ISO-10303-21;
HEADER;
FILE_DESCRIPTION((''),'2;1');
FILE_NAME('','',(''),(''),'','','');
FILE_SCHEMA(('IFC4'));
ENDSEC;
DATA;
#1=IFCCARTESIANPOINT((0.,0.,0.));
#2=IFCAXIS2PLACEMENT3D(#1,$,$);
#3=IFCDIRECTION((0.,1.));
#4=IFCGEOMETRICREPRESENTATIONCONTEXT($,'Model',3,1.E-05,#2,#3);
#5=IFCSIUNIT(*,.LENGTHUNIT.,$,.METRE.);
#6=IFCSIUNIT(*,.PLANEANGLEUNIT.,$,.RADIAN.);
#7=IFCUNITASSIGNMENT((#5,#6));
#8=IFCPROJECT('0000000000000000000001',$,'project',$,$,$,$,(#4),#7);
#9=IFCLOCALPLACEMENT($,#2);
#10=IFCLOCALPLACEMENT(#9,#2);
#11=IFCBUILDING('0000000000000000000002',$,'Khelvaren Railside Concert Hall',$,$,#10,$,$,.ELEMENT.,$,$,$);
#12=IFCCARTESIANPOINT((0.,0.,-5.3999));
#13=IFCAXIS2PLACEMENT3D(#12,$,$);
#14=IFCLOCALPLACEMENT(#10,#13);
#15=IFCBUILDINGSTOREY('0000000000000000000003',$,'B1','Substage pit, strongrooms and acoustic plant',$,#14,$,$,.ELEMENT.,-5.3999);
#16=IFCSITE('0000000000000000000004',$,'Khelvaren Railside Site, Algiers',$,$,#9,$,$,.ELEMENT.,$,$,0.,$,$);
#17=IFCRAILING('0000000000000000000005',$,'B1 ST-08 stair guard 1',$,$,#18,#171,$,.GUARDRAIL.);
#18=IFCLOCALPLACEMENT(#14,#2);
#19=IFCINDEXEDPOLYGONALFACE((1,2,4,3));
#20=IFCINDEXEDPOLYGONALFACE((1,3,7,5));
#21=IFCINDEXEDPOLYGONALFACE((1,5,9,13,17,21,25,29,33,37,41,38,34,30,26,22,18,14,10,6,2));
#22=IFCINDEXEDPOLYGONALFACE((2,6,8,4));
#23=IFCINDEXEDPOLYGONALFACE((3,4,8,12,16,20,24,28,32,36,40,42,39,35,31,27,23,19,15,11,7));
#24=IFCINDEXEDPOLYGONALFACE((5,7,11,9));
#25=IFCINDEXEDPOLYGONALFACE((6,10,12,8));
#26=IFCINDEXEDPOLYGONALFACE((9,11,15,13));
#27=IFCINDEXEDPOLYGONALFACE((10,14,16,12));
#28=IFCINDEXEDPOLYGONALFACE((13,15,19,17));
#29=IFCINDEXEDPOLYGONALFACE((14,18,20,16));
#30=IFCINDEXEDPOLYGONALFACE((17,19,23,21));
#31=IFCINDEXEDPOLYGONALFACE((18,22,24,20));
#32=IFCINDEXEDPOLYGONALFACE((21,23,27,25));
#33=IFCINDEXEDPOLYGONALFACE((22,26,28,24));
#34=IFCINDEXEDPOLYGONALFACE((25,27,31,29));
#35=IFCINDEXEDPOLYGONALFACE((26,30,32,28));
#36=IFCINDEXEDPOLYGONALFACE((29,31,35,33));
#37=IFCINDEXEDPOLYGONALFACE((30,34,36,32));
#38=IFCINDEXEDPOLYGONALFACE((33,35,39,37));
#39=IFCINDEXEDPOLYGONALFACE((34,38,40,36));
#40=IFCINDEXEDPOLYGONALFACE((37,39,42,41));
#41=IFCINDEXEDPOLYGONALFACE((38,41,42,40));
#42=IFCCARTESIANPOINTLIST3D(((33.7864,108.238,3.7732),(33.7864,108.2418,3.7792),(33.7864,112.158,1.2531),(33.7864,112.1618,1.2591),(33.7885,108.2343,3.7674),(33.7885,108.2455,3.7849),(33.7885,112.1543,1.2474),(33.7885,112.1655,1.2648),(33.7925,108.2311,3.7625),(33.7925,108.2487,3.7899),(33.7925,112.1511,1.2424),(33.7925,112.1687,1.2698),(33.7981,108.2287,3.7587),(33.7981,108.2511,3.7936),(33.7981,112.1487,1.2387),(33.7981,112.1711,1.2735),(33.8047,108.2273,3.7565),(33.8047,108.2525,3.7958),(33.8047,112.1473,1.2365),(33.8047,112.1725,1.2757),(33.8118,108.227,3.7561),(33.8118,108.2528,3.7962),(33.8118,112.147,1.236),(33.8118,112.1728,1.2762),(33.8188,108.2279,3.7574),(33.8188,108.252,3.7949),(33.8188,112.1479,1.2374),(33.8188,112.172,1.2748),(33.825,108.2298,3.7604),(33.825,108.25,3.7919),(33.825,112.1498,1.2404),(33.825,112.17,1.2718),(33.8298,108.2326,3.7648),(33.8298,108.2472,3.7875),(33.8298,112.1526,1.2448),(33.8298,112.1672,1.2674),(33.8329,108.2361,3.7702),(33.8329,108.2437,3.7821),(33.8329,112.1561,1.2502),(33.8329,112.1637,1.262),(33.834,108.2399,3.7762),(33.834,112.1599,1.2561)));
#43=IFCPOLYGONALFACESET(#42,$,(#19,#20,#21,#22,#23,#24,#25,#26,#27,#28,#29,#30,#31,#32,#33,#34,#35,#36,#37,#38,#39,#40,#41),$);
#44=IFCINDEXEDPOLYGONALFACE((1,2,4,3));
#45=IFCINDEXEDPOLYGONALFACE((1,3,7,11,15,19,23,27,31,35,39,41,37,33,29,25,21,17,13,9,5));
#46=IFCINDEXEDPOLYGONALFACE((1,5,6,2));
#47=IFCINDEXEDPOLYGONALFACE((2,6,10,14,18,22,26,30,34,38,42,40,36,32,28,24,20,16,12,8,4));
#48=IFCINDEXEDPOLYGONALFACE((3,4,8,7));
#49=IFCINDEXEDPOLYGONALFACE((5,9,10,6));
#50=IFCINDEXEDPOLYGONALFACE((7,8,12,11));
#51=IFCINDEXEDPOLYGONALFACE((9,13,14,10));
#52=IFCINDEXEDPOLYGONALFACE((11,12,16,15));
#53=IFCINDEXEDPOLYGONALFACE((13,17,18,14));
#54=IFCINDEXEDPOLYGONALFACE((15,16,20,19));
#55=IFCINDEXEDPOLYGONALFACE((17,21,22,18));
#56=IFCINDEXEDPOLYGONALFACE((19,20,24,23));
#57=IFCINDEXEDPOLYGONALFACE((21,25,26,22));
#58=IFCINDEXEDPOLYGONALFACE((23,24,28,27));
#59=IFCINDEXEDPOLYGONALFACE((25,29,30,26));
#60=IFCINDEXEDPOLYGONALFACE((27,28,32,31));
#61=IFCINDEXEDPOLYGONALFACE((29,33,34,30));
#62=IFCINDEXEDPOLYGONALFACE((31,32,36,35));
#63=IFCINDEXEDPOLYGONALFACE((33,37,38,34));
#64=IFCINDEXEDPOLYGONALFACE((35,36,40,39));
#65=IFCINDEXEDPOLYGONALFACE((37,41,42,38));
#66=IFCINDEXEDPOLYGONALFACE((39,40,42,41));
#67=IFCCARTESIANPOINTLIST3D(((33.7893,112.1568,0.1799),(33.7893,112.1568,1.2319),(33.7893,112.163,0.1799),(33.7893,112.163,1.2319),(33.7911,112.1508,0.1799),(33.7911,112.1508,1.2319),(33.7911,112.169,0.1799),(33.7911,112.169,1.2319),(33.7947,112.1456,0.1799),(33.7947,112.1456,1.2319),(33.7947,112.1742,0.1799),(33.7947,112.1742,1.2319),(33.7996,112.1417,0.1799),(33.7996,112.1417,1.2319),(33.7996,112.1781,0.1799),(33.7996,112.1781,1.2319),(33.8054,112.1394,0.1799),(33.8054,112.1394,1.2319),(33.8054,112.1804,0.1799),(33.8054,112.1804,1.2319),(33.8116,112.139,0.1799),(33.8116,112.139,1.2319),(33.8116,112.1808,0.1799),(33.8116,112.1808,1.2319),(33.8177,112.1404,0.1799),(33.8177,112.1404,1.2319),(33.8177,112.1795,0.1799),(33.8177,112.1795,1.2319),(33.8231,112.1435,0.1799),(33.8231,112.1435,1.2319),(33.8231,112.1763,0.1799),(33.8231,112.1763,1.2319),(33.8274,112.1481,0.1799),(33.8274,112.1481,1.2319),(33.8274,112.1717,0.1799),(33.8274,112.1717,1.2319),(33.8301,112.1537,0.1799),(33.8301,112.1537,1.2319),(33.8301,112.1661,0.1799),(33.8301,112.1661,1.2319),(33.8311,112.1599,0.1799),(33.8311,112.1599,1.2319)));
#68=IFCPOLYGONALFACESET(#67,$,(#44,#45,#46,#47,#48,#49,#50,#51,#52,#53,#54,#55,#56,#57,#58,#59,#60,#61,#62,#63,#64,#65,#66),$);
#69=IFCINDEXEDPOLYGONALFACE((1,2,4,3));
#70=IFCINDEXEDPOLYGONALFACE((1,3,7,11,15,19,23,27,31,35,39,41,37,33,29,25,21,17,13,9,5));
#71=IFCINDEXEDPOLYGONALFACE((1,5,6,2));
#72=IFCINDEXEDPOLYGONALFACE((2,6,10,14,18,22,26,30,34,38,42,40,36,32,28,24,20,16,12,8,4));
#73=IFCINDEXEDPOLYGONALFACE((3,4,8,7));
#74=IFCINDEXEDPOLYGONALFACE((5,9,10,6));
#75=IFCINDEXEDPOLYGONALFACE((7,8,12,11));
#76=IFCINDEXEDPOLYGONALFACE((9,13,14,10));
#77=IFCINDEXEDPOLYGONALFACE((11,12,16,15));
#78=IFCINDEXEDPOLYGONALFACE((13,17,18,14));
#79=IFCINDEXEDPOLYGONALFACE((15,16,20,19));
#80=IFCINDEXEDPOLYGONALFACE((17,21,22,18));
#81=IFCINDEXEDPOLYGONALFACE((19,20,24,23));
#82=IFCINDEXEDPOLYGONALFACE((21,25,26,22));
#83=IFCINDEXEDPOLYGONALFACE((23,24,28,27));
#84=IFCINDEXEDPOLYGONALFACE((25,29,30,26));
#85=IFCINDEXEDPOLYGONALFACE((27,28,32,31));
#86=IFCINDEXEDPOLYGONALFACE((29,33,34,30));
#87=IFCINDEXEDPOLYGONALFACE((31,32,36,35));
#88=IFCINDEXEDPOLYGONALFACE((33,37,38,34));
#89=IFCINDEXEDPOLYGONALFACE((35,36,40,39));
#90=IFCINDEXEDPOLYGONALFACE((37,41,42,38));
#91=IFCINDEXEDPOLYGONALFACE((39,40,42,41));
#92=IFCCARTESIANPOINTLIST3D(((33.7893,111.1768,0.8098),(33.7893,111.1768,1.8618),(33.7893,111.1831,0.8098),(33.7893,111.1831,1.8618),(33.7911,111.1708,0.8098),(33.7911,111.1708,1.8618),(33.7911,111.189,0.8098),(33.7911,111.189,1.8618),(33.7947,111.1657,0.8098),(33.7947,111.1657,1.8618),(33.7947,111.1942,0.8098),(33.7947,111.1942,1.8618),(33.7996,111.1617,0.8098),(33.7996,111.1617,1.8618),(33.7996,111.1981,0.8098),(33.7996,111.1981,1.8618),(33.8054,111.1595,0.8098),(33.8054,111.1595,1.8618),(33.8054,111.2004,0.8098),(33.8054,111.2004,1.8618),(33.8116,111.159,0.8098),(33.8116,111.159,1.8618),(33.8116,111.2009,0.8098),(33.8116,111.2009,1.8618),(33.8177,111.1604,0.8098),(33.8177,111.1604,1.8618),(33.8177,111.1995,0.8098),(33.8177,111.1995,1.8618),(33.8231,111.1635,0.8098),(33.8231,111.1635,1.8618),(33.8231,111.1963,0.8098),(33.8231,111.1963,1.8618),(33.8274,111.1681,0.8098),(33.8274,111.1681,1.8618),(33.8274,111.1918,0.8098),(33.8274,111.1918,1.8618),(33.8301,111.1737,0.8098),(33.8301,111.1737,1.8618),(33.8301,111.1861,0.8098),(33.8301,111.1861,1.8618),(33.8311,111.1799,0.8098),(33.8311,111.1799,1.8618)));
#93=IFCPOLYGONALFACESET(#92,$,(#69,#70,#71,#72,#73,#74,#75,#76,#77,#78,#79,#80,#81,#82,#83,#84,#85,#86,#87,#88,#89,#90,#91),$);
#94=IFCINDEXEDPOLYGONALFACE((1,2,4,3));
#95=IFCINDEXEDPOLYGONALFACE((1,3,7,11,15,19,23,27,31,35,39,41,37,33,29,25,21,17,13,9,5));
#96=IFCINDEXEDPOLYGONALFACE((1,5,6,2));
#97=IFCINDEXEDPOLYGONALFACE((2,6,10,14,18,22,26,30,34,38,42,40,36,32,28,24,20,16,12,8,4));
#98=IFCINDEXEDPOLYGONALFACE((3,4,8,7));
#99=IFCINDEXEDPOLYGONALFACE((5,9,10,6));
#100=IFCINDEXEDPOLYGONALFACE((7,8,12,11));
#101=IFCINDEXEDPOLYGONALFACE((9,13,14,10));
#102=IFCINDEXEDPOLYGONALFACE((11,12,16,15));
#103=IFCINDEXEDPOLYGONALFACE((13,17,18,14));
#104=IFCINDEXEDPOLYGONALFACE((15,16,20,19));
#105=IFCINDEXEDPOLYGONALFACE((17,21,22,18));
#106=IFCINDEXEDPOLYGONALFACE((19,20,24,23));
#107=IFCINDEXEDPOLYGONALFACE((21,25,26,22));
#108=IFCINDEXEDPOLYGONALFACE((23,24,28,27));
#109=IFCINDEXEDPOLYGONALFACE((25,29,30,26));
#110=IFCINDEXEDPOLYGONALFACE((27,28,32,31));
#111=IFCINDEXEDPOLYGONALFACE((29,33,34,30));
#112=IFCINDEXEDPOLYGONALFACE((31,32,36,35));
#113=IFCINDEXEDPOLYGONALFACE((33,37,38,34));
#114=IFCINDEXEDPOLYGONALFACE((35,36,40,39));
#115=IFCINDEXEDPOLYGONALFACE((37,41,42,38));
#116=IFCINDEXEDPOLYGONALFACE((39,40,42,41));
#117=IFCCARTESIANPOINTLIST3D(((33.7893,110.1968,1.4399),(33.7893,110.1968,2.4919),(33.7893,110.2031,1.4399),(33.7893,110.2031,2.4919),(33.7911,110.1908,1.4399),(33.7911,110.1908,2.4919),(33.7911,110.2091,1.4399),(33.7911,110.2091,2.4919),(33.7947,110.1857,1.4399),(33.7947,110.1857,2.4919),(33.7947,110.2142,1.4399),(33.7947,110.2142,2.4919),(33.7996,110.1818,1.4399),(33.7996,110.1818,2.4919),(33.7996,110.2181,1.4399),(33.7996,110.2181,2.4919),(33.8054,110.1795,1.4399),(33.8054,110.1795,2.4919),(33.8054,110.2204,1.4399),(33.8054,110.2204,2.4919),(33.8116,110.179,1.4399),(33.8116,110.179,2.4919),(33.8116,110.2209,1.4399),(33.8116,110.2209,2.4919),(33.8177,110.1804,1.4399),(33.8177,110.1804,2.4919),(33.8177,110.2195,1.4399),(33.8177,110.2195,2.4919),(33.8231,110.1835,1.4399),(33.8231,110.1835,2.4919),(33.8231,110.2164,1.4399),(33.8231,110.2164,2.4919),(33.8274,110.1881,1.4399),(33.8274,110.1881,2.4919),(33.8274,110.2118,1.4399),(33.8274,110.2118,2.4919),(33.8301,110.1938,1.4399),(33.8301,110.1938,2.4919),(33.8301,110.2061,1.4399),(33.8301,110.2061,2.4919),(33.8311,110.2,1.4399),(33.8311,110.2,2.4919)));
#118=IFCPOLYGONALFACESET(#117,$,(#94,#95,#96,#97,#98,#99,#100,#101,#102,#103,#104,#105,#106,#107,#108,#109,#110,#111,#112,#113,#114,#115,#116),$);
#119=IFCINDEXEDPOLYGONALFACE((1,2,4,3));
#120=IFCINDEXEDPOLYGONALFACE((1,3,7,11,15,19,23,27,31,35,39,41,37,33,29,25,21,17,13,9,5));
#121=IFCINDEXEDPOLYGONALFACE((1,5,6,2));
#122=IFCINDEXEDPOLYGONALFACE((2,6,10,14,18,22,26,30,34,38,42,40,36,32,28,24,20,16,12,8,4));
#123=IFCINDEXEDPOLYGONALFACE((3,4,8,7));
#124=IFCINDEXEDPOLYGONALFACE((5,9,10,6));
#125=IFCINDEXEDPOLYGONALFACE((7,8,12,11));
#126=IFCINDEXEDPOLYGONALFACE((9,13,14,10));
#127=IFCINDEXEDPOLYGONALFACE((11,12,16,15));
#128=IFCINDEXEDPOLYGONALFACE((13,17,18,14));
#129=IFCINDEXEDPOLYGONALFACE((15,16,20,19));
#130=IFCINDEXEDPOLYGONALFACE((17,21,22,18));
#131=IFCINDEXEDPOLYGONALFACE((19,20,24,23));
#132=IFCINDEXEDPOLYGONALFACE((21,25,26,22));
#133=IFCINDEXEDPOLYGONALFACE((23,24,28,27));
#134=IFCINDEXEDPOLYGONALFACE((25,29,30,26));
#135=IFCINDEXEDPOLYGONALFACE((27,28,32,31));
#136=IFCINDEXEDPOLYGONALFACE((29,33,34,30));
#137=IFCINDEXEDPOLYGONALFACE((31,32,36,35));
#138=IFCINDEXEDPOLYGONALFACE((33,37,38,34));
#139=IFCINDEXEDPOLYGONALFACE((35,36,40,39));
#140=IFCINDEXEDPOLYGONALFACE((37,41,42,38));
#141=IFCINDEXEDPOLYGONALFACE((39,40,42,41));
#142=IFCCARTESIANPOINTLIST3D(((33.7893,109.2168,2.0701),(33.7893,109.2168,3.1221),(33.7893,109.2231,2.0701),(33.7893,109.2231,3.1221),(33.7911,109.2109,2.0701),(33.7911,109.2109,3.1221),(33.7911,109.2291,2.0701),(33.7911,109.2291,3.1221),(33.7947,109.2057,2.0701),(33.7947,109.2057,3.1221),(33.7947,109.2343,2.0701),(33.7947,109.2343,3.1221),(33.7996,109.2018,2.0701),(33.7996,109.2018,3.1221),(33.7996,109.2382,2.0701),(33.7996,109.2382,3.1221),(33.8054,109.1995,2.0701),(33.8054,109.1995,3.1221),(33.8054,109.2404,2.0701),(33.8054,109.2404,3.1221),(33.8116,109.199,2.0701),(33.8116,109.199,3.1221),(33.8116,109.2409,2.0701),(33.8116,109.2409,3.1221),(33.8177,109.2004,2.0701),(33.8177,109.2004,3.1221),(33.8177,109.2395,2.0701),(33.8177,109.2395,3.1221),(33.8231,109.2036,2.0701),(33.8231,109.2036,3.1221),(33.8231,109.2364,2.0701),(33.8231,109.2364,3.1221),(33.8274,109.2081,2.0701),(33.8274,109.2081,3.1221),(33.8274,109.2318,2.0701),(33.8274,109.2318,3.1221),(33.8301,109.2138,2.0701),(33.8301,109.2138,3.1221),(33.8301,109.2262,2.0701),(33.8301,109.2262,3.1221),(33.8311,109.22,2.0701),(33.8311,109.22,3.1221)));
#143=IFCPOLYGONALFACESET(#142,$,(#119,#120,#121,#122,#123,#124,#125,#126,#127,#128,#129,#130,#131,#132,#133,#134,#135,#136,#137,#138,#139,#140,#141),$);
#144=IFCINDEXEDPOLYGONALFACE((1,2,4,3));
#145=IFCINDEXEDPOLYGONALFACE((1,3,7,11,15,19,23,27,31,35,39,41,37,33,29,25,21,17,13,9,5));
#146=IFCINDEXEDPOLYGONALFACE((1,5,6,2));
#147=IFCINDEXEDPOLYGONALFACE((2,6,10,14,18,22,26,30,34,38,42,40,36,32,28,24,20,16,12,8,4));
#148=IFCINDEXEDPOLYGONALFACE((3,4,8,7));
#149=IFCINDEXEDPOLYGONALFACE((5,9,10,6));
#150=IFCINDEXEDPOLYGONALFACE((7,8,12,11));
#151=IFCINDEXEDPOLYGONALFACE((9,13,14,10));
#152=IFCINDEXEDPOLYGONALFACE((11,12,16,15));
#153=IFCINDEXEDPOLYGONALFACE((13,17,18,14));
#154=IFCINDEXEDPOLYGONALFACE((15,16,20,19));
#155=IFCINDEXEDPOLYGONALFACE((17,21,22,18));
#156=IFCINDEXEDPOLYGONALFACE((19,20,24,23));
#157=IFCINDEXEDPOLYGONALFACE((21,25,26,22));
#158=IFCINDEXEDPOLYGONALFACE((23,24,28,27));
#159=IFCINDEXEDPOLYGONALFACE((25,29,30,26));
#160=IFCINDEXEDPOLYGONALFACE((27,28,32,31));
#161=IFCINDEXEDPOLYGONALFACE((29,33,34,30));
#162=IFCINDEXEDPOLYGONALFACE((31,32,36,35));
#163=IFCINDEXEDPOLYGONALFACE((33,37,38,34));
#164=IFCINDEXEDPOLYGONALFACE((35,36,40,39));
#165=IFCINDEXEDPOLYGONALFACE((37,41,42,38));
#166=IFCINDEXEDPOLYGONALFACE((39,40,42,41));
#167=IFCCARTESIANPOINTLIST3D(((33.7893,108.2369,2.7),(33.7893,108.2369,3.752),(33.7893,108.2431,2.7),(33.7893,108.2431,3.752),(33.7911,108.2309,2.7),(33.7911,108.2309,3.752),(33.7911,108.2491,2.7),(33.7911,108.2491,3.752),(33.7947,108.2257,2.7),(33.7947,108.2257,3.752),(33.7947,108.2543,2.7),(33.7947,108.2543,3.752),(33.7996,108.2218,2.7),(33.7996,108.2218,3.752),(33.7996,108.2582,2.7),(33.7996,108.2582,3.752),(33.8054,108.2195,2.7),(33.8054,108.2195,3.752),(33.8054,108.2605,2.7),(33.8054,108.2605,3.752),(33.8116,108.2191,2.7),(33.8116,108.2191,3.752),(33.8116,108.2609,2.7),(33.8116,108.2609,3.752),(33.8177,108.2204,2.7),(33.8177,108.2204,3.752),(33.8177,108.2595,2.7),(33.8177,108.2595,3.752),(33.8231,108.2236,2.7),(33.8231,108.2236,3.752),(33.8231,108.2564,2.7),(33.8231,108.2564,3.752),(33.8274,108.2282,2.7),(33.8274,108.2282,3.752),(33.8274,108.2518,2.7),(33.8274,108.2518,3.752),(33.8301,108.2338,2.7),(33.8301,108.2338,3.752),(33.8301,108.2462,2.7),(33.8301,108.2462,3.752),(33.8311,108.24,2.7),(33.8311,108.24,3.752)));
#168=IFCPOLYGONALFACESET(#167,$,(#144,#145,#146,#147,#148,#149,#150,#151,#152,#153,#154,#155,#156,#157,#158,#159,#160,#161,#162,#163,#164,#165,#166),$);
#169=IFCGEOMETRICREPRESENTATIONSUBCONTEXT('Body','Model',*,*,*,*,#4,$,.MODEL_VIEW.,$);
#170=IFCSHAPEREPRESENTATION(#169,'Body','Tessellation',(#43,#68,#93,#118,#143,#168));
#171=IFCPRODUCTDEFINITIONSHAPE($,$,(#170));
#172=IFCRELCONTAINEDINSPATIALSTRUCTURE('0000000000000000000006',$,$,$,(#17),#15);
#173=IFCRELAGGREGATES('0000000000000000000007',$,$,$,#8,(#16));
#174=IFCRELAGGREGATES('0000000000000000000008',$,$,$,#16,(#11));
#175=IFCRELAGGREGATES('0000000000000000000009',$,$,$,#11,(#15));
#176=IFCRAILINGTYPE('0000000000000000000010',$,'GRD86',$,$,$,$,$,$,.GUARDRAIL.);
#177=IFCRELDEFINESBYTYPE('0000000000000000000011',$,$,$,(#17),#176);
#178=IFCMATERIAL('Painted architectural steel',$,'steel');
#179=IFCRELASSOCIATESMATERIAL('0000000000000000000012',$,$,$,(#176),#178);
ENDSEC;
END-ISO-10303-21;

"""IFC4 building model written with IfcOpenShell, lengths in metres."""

from ifc_helpers import new_model, si_unit, direction, frame, origin, origin_2d, place, context, subcontext, project, spatial, circle, extrude, material, type_object, element, save


model = new_model("IFC4")

# Units and contexts
model_context = context("Model", 3, precision=1e-05, world=origin(), true_north=direction((0.0, 1.0)))
body_context = subcontext(model_context, "Body", "Model", "MODEL_VIEW")
ifc_project = project(units=[si_unit("LENGTHUNIT", "METRE"), si_unit("PLANEANGLEUNIT", "RADIAN")], contexts=[model_context])

# Site, building, storey
site_placement = place(None, origin())
site = spatial("IfcSite", under=ifc_project, at=site_placement, Name="Khelvaren Railside Site, Algiers", CompositionType="ELEMENT", RefElevation=0.0)
building_placement = place(site_placement, origin())
building = spatial("IfcBuilding", under=site, at=building_placement, Name="Khelvaren Railside Concert Hall", CompositionType="ELEMENT")
storey_placement = place(building_placement, frame((0.0, 0.0, -5.3999)))
storey = spatial("IfcBuildingStorey", under=building, at=storey_placement, Name="B1", Description="Substage pit, strongrooms and acoustic plant", CompositionType="ELEMENT", Elevation=-5.3999)

# Railing
ifc_material_1 = material(Name="Painted architectural steel", Category="steel")
railing_type_1 = type_object("IfcRailingType", Name="GRD86", PredefinedType="GUARDRAIL", material=ifc_material_1)
railing_1_placement = place(storey_placement, frame((33.8101, 112.1599, 0.1799)))
element("IfcRailing", 1, at=railing_1_placement, inside=storey, type_object=railing_type_1, Name="B1 ST-08 stair guard 1", PredefinedType="GUARDRAIL", context=body_context, shape_type="SweptSolid", body=[
    extrude(circle(Radius=0.0239, at=origin_2d()), frame((0.0, 0.0, 1.0762), z_axis=(0.0, -0.841172, 0.540768), x_axis=(1.0, 0.0, 0.0)), (0.0, 0.0, 1.0), 4.6602),
    extrude(circle(Radius=0.021, at=origin_2d()), origin(), (0.0, 0.0, 1.0), 1.052),
    extrude(circle(Radius=0.021, at=origin_2d()), frame((0.0, -0.98, 0.6299)), (0.0, 0.0, 1.0), 1.052),
    extrude(circle(Radius=0.021, at=origin_2d()), frame((0.0, -1.96, 1.26)), (0.0, 0.0, 1.0), 1.052),
    extrude(circle(Radius=0.021, at=origin_2d()), frame((0.0, -2.9399, 1.8901)), (0.0, 0.0, 1.0), 1.052),
    extrude(circle(Radius=0.021, at=origin_2d()), frame((0.0, -3.9199, 2.52)), (0.0, 0.0, 1.0), 1.052),
])

save(model, "model.ifc")
